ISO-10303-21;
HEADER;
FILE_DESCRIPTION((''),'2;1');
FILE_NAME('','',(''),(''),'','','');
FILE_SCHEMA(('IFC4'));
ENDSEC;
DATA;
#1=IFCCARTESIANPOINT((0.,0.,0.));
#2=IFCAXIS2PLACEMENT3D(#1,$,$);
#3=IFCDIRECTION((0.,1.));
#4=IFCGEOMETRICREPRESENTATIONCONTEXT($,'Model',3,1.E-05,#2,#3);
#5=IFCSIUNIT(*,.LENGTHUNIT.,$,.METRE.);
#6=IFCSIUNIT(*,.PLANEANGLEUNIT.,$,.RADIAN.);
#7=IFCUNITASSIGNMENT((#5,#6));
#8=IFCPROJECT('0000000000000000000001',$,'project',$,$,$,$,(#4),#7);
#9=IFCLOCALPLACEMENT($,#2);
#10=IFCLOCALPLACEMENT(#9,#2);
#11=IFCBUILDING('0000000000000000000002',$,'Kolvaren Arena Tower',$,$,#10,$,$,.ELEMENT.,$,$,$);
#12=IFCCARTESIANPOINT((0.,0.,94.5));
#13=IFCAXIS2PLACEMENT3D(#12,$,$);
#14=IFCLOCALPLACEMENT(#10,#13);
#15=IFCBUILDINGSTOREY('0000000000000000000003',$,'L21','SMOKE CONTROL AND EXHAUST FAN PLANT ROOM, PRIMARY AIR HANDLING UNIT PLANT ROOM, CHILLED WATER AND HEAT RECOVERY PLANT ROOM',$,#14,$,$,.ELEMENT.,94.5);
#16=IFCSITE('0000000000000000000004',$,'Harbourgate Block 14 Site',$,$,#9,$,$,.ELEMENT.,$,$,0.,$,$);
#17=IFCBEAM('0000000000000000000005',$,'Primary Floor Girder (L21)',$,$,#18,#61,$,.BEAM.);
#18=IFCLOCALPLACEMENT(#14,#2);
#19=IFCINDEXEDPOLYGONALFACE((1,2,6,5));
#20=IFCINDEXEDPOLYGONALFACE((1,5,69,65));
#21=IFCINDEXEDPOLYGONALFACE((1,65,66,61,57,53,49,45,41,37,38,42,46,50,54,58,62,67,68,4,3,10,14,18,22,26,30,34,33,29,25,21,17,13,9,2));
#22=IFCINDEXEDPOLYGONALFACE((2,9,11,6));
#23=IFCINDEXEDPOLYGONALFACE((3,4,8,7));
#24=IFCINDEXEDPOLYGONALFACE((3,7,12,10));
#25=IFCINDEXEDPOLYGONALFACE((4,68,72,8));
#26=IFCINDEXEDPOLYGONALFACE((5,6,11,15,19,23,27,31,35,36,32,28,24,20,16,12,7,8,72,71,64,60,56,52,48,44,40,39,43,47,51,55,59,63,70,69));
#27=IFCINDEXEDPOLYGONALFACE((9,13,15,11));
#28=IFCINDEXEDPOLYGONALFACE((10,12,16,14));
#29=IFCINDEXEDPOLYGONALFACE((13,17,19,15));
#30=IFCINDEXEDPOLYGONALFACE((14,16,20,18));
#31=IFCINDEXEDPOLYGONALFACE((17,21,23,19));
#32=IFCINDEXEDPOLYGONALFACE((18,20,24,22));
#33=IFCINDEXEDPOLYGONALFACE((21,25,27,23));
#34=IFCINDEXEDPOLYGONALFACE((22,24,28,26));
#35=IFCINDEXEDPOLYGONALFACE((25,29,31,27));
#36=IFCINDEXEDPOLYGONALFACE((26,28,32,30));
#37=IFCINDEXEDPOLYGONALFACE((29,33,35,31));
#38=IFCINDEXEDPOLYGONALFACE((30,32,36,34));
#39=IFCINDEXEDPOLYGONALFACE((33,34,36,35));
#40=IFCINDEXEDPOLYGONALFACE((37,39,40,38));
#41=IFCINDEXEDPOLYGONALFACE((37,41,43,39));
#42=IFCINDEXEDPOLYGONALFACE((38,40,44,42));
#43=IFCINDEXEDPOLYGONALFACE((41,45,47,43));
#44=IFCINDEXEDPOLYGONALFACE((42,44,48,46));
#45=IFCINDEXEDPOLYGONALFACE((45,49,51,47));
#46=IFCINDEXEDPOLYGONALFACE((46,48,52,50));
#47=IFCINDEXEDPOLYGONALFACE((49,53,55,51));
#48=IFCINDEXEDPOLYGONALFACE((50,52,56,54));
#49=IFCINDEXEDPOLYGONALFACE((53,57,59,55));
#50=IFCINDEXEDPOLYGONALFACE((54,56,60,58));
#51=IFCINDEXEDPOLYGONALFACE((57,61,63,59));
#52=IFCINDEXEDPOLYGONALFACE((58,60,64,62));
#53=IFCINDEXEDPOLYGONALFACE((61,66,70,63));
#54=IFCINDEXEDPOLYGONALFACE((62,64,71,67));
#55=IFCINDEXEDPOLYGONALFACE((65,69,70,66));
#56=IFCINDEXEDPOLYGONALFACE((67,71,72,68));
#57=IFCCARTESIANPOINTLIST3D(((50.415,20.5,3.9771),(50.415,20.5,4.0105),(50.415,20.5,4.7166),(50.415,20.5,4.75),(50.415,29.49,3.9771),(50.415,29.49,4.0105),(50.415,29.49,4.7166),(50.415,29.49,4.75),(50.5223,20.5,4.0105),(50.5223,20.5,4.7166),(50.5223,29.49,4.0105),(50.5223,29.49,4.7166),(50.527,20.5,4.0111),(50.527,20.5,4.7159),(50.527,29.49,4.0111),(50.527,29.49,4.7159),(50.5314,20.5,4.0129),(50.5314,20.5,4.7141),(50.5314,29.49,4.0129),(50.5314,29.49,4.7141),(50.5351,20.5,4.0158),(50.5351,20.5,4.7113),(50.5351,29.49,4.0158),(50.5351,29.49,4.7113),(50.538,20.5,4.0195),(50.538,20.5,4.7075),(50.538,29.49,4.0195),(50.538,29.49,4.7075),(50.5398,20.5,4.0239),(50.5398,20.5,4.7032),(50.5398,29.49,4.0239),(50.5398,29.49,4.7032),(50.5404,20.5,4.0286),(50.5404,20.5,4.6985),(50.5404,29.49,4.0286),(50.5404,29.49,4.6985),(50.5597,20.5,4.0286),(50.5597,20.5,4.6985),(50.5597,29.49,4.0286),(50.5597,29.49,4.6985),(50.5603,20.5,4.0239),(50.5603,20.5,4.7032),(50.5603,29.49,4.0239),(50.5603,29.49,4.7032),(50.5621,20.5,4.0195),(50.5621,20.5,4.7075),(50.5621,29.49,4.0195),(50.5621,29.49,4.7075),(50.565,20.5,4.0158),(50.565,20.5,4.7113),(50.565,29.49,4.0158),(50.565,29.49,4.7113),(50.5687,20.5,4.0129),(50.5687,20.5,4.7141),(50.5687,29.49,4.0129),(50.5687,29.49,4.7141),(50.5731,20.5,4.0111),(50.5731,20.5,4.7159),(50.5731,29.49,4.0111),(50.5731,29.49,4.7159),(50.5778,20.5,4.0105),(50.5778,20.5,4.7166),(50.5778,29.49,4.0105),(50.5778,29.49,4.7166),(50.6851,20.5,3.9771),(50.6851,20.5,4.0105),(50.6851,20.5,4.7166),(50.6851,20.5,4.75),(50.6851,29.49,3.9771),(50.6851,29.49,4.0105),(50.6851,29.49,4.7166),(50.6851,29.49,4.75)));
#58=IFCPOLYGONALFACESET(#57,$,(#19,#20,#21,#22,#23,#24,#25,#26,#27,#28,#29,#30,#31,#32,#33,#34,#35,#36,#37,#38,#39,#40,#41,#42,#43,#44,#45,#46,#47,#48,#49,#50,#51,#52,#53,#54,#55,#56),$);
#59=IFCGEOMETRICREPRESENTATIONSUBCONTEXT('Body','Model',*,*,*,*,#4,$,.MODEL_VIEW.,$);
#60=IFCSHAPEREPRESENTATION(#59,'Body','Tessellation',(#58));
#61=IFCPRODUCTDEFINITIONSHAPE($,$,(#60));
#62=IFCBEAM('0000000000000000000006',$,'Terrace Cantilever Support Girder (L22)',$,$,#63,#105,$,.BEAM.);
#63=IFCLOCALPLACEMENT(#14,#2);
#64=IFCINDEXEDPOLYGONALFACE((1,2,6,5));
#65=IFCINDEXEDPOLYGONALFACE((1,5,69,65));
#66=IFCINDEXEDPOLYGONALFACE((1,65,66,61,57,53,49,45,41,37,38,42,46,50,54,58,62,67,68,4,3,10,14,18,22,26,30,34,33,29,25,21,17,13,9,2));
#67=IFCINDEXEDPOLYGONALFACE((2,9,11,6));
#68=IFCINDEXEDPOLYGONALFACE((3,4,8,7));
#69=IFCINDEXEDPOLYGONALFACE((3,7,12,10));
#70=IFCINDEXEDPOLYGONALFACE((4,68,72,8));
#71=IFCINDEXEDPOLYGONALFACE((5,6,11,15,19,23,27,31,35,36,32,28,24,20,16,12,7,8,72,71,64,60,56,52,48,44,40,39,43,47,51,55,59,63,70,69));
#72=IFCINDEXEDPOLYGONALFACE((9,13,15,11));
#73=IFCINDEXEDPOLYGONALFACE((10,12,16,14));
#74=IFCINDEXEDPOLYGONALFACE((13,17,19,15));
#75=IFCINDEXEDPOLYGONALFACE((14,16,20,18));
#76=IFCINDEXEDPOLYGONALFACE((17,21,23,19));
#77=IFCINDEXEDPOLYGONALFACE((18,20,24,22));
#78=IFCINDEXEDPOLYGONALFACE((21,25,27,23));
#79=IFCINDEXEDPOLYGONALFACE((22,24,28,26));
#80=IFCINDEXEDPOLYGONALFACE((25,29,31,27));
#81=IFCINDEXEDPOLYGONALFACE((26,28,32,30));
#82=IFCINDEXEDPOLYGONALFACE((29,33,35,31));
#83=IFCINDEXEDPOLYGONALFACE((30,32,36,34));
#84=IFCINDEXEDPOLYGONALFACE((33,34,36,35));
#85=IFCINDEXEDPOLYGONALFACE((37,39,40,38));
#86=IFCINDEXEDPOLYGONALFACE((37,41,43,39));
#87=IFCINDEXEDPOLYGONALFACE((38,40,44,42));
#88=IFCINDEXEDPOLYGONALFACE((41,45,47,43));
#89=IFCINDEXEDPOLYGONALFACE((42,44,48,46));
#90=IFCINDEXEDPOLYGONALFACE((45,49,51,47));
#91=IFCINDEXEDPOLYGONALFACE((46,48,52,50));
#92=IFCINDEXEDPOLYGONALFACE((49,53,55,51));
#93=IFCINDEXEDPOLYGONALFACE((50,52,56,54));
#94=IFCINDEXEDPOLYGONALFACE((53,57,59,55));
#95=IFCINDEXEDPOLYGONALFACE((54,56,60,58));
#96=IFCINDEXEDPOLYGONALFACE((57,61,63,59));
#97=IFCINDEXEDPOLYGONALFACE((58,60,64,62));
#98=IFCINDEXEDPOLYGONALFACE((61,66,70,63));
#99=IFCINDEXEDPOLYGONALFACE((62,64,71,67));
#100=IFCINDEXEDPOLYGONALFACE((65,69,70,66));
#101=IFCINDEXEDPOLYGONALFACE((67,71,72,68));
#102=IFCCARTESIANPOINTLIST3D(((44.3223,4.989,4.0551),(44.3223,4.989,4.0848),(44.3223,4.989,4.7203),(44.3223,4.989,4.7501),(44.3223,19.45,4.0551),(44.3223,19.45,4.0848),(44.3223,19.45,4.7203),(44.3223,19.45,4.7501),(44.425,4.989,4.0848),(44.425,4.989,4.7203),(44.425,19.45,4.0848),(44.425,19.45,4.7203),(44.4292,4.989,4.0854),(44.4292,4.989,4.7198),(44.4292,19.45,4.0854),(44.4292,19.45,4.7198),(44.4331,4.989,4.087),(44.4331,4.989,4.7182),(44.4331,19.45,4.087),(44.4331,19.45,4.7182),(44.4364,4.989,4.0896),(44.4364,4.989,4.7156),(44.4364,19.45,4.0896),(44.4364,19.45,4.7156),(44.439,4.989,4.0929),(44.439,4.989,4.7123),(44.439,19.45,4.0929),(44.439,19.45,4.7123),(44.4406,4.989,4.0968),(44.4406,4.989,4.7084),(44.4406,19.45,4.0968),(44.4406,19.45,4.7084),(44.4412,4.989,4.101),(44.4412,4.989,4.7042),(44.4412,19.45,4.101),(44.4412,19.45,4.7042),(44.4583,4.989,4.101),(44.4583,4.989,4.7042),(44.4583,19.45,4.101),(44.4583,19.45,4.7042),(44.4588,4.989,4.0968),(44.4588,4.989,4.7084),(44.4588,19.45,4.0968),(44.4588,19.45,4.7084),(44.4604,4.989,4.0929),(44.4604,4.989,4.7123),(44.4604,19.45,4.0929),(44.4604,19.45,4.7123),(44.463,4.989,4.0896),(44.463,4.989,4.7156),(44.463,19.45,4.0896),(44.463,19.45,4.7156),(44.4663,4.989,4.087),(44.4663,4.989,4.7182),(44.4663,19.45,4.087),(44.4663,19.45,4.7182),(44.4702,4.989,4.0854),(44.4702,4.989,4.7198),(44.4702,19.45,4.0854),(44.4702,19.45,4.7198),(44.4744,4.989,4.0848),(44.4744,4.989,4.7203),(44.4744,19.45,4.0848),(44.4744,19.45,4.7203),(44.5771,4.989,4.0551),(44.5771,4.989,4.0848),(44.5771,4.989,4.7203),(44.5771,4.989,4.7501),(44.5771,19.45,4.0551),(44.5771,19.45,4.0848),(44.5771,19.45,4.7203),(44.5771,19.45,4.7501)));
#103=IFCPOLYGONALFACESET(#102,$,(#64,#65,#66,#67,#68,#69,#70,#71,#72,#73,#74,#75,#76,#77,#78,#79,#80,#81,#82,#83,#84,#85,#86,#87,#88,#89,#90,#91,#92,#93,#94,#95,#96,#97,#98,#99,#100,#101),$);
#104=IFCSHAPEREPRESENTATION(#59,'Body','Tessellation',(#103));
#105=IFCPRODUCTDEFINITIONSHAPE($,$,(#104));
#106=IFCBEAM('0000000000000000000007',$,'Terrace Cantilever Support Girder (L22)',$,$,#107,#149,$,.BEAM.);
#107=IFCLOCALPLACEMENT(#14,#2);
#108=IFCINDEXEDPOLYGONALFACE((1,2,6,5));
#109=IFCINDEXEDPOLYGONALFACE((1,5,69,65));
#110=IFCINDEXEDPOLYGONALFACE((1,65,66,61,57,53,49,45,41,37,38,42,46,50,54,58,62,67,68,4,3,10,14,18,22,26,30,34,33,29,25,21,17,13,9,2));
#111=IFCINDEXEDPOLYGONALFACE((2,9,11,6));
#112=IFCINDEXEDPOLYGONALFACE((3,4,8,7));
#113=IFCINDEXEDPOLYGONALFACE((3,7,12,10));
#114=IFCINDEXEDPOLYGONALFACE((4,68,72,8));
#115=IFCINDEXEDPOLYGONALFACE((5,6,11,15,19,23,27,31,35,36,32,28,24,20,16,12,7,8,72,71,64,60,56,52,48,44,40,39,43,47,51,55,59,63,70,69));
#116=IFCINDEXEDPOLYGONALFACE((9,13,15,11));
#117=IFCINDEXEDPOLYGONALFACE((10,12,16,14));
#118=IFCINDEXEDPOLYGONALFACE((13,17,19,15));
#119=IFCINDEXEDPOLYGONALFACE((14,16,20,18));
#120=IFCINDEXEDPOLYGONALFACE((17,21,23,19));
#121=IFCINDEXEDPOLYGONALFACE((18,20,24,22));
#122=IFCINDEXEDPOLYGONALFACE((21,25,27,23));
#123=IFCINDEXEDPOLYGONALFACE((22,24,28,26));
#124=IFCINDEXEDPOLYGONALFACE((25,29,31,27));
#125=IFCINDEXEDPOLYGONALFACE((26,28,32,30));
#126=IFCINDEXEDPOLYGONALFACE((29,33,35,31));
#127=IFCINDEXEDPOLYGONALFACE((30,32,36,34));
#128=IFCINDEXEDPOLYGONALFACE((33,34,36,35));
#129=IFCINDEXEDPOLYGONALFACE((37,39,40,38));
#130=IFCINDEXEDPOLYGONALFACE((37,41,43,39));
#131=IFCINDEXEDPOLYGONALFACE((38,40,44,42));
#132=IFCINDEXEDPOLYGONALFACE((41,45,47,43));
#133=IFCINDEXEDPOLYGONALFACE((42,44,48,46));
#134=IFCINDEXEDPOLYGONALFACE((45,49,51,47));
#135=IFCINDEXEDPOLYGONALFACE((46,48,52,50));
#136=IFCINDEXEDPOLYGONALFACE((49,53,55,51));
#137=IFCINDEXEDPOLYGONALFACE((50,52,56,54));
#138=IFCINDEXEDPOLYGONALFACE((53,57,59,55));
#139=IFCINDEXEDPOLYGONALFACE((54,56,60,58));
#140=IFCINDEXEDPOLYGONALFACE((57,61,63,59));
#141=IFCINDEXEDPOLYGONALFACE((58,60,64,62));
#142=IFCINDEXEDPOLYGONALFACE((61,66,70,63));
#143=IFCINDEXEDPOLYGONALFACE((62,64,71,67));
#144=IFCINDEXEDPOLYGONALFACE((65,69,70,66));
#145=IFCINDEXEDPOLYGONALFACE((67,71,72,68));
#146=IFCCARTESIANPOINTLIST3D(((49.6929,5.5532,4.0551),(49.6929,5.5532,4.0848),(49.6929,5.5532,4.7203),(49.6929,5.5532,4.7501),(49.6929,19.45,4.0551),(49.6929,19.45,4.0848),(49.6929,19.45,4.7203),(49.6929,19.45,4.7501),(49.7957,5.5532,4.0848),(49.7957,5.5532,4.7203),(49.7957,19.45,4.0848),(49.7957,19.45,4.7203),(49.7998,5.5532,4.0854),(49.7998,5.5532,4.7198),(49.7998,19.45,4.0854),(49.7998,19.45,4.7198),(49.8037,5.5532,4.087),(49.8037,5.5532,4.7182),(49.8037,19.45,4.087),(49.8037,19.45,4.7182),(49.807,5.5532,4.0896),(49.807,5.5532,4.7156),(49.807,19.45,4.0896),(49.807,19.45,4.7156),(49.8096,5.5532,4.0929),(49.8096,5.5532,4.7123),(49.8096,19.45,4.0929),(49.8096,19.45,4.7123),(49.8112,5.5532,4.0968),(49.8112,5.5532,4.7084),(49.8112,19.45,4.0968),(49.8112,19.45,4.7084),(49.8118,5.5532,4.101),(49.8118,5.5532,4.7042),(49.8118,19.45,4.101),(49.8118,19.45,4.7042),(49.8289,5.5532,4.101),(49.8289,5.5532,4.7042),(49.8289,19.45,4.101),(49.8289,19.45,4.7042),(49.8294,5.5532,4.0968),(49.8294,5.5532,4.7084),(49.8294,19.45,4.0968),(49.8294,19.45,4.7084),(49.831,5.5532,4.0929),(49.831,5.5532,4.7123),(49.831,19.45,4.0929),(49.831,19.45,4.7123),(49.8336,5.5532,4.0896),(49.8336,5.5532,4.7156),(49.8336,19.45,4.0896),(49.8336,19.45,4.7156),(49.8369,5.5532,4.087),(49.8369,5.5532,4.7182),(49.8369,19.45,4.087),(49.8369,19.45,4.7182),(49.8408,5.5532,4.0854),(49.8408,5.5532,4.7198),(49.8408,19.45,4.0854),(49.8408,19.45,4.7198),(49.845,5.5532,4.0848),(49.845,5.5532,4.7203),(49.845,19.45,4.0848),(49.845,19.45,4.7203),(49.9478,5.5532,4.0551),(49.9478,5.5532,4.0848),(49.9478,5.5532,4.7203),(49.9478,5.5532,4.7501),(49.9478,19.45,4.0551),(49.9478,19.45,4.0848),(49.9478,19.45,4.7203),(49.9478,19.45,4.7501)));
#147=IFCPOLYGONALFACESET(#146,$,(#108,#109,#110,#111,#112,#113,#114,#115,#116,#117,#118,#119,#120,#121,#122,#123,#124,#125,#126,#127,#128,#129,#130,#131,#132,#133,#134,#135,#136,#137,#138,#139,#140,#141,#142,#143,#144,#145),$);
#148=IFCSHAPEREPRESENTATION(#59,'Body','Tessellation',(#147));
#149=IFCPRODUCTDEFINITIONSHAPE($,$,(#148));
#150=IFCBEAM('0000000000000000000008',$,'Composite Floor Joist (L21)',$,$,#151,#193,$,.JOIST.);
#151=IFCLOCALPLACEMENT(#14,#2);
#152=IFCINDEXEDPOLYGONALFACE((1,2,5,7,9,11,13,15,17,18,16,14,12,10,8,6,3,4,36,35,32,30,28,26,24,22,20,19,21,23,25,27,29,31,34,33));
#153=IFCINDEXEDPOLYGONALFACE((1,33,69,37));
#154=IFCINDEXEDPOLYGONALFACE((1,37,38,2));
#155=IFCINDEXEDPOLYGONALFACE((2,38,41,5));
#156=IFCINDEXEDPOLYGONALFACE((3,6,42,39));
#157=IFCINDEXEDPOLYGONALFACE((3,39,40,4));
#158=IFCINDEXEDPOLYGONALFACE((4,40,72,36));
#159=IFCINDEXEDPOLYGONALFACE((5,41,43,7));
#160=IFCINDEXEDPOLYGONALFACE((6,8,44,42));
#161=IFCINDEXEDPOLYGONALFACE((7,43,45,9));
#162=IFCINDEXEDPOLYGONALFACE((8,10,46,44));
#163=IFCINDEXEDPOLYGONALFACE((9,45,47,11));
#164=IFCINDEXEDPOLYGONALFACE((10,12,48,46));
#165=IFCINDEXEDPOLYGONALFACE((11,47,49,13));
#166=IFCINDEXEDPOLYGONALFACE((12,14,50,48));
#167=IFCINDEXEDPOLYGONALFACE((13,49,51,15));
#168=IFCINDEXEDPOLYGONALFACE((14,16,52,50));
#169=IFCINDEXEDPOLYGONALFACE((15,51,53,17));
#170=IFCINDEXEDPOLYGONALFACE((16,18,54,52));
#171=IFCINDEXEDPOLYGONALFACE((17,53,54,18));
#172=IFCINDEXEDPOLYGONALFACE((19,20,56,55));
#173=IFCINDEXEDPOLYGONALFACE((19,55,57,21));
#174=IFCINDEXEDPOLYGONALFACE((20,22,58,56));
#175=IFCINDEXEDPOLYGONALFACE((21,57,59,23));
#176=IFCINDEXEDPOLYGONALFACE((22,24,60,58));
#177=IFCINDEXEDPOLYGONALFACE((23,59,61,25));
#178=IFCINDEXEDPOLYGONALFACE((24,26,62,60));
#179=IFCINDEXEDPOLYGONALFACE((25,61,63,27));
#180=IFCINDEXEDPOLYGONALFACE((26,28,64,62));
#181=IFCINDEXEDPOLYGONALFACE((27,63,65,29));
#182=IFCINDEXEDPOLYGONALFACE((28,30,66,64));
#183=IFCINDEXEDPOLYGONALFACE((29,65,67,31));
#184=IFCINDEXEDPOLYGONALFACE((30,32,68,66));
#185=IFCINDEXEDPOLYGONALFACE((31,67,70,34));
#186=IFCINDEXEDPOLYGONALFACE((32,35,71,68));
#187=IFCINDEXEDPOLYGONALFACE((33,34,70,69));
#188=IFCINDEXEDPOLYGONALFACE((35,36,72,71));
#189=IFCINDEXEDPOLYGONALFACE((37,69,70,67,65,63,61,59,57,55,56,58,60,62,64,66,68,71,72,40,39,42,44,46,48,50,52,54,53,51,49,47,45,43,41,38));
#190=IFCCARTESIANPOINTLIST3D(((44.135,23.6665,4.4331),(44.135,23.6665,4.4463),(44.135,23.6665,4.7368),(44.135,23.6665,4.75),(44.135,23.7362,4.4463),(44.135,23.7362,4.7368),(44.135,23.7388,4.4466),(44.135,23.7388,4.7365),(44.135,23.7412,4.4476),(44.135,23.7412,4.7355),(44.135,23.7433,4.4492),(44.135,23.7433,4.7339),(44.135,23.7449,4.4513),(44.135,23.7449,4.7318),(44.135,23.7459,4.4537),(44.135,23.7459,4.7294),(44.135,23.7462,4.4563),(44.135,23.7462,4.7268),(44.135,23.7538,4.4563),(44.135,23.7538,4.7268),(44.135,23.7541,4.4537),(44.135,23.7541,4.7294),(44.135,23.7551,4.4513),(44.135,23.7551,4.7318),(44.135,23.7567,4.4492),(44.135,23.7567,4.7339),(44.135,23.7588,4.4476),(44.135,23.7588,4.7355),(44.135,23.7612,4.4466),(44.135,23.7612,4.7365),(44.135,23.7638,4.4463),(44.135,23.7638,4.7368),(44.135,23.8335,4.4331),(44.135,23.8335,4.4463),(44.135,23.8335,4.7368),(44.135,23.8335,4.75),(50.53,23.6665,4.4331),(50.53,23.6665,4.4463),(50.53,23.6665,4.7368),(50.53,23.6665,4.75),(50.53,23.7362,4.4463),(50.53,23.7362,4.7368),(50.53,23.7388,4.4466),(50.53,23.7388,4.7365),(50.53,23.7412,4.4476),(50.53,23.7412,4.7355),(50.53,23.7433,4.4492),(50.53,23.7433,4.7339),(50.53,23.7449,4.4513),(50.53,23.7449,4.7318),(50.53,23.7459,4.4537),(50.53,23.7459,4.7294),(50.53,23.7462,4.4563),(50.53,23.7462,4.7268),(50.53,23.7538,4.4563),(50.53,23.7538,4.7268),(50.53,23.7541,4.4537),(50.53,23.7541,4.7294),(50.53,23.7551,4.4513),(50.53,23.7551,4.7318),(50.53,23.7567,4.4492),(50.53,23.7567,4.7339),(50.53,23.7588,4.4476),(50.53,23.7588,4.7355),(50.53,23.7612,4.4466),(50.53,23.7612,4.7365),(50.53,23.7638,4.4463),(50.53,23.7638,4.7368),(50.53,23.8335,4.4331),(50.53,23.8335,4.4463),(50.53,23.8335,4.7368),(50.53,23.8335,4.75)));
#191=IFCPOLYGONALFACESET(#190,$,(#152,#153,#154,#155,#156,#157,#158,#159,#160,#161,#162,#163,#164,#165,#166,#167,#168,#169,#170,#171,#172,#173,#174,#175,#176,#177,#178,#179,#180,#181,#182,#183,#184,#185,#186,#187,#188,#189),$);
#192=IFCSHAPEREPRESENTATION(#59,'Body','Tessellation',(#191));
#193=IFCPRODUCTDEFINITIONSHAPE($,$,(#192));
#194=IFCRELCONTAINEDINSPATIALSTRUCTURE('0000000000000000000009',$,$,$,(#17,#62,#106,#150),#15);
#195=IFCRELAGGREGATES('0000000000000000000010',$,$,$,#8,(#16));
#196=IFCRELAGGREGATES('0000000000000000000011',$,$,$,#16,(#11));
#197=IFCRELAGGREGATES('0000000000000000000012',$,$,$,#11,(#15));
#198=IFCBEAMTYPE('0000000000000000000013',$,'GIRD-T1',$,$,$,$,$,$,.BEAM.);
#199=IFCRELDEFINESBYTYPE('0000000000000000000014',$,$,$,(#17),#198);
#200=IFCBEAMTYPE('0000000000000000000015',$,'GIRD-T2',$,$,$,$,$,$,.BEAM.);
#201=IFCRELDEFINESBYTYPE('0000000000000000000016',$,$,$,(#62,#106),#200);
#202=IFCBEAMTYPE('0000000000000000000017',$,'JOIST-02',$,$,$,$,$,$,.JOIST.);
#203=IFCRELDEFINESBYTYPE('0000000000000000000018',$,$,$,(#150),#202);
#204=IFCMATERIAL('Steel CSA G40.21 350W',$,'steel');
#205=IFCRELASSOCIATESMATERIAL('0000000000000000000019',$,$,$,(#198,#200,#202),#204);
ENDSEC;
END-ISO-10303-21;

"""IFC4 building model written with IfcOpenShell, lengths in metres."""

from ifc_helpers import new_model, si_unit, direction, frame, origin, origin_2d, place, context, subcontext, project, spatial, i_section, extrude, material, material_profile, profile_set, type_object, element, save


model = new_model("IFC4")

# Units and contexts
model_context = context("Model", 3, precision=1e-05, world=origin(), true_north=direction((0.0, 1.0)))
body_context = subcontext(model_context, "Body", "Model", "MODEL_VIEW")
ifc_project = project(units=[si_unit("LENGTHUNIT", "METRE"), si_unit("PLANEANGLEUNIT", "RADIAN")], contexts=[model_context])

# Site, building, storey
site_placement = place(None, origin())
site = spatial("IfcSite", under=ifc_project, at=site_placement, Name="Harbourgate Block 14 Site", CompositionType="ELEMENT", RefElevation=0.0)
building_placement = place(site_placement, origin())
building = spatial("IfcBuilding", under=site, at=building_placement, Name="Kolvaren Arena Tower", CompositionType="ELEMENT")
storey_placement = place(building_placement, frame((0.0, 0.0, 94.5)))
storey = spatial("IfcBuildingStorey", under=building, at=storey_placement, Name="L21", Description="SMOKE CONTROL AND EXHAUST FAN PLANT ROOM, PRIMARY AIR HANDLING UNIT PLANT ROOM, CHILLED WATER AND HEAT RECOVERY PLANT ROOM", CompositionType="ELEMENT", Elevation=94.5)

# Beams
ifc_material_1 = material(Name="Steel CSA G40.21 350W", Category="steel")
ifc_material_profile_1 = material_profile(ifc_material_1, i_section(OverallWidth=0.27, OverallDepth=0.7729, WebThickness=0.0193, FlangeThickness=0.0334, FilletRadius=0.0181, at=origin_2d()), Name="W760x257")
ifc_profile_set_1 = profile_set([ifc_material_profile_1], Name="Steel CSA G40.21 350W")
beam_type_1 = type_object("IfcBeamType", Name="GIRD-T1", PredefinedType="BEAM", material=ifc_profile_set_1)
beam_1_placement = place(storey_placement, frame((50.55, 20.5, 4.3635), z_axis=(0.0, 1.0, 0.0), x_axis=(-1.0, 0.0, 0.0)))
element("IfcBeam", 1, at=beam_1_placement, inside=storey, type_object=beam_type_1, Name="Primary Floor Girder (L21)", PredefinedType="BEAM", context=body_context, shape_type="SweptSolid", body=[
    extrude(i_section(OverallWidth=0.27, OverallDepth=0.7729, WebThickness=0.0193, FlangeThickness=0.0334, FilletRadius=0.0181, at=origin_2d()), origin(), (0.0, 0.0, 1.0), 8.99),
])
ifc_material_profile_2 = material_profile(ifc_material_1, i_section(OverallWidth=0.2549, OverallDepth=0.6951, WebThickness=0.0171, FlangeThickness=0.0298, FilletRadius=0.0161, at=origin_2d()), Name="W690x217")
ifc_profile_set_2 = profile_set([ifc_material_profile_2], Name="Steel CSA G40.21 350W")
beam_type_2 = type_object("IfcBeamType", Name="GIRD-T2", PredefinedType="BEAM", material=ifc_profile_set_2)
beam_2_placement = place(storey_placement, frame((44.4497, 19.45, 4.4026), z_axis=(0.0, -1.0, 0.0), x_axis=(1.0, 0.0, 0.0)))
element("IfcBeam", 2, at=beam_2_placement, inside=storey, type_object=beam_type_2, Name="Terrace Cantilever Support Girder (L22)", PredefinedType="BEAM", context=body_context, shape_type="SweptSolid", body=[
    extrude(i_section(OverallWidth=0.2549, OverallDepth=0.6951, WebThickness=0.0171, FlangeThickness=0.0298, FilletRadius=0.0161, at=origin_2d()), origin(), (0.0, 0.0, 1.0), 14.4609),
])
beam_3_placement = place(storey_placement, frame((49.8203, 19.45, 4.4026), z_axis=(0.0, -1.0, 0.0), x_axis=(1.0, 0.0, 0.0)))
element("IfcBeam", 3, at=beam_3_placement, inside=storey, type_object=beam_type_2, Name="Terrace Cantilever Support Girder (L22)", PredefinedType="BEAM", context=body_context, shape_type="SweptSolid", body=[
    extrude(i_section(OverallWidth=0.2549, OverallDepth=0.6951, WebThickness=0.0171, FlangeThickness=0.0298, FilletRadius=0.0161, at=origin_2d()), origin(), (0.0, 0.0, 1.0), 13.8967),
])
ifc_material_profile_3 = material_profile(ifc_material_1, i_section(OverallWidth=0.167, OverallDepth=0.3169, WebThickness=0.0076, FlangeThickness=0.0132, FilletRadius=0.01, at=origin_2d()), Name="W310x52")
ifc_profile_set_3 = profile_set([ifc_material_profile_3], Name="Steel CSA G40.21 350W")
beam_type_3 = type_object("IfcBeamType", Name="JOIST-02", PredefinedType="JOIST", material=ifc_profile_set_3)
for number, where, z_axis, x_axis, name in (
    (4, (44.135, 23.75, 4.5916), (1.0, 0.0, 0.0), (0.0, 1.0, 0.0), "Composite Floor Joist (L21)"),
):
    element("IfcBeam", number, at=place(storey_placement, frame(where, z_axis=z_axis, x_axis=x_axis)), inside=storey, type_object=beam_type_3, Name=name, PredefinedType="JOIST", context=body_context, shape_type="SweptSolid", body=[
        extrude(i_section(OverallWidth=0.167, OverallDepth=0.3169, WebThickness=0.0076, FlangeThickness=0.0132, FilletRadius=0.01, at=origin_2d()), origin(), (0.0, 0.0, 1.0), 6.395),
    ])

save(model, "model.ifc")
